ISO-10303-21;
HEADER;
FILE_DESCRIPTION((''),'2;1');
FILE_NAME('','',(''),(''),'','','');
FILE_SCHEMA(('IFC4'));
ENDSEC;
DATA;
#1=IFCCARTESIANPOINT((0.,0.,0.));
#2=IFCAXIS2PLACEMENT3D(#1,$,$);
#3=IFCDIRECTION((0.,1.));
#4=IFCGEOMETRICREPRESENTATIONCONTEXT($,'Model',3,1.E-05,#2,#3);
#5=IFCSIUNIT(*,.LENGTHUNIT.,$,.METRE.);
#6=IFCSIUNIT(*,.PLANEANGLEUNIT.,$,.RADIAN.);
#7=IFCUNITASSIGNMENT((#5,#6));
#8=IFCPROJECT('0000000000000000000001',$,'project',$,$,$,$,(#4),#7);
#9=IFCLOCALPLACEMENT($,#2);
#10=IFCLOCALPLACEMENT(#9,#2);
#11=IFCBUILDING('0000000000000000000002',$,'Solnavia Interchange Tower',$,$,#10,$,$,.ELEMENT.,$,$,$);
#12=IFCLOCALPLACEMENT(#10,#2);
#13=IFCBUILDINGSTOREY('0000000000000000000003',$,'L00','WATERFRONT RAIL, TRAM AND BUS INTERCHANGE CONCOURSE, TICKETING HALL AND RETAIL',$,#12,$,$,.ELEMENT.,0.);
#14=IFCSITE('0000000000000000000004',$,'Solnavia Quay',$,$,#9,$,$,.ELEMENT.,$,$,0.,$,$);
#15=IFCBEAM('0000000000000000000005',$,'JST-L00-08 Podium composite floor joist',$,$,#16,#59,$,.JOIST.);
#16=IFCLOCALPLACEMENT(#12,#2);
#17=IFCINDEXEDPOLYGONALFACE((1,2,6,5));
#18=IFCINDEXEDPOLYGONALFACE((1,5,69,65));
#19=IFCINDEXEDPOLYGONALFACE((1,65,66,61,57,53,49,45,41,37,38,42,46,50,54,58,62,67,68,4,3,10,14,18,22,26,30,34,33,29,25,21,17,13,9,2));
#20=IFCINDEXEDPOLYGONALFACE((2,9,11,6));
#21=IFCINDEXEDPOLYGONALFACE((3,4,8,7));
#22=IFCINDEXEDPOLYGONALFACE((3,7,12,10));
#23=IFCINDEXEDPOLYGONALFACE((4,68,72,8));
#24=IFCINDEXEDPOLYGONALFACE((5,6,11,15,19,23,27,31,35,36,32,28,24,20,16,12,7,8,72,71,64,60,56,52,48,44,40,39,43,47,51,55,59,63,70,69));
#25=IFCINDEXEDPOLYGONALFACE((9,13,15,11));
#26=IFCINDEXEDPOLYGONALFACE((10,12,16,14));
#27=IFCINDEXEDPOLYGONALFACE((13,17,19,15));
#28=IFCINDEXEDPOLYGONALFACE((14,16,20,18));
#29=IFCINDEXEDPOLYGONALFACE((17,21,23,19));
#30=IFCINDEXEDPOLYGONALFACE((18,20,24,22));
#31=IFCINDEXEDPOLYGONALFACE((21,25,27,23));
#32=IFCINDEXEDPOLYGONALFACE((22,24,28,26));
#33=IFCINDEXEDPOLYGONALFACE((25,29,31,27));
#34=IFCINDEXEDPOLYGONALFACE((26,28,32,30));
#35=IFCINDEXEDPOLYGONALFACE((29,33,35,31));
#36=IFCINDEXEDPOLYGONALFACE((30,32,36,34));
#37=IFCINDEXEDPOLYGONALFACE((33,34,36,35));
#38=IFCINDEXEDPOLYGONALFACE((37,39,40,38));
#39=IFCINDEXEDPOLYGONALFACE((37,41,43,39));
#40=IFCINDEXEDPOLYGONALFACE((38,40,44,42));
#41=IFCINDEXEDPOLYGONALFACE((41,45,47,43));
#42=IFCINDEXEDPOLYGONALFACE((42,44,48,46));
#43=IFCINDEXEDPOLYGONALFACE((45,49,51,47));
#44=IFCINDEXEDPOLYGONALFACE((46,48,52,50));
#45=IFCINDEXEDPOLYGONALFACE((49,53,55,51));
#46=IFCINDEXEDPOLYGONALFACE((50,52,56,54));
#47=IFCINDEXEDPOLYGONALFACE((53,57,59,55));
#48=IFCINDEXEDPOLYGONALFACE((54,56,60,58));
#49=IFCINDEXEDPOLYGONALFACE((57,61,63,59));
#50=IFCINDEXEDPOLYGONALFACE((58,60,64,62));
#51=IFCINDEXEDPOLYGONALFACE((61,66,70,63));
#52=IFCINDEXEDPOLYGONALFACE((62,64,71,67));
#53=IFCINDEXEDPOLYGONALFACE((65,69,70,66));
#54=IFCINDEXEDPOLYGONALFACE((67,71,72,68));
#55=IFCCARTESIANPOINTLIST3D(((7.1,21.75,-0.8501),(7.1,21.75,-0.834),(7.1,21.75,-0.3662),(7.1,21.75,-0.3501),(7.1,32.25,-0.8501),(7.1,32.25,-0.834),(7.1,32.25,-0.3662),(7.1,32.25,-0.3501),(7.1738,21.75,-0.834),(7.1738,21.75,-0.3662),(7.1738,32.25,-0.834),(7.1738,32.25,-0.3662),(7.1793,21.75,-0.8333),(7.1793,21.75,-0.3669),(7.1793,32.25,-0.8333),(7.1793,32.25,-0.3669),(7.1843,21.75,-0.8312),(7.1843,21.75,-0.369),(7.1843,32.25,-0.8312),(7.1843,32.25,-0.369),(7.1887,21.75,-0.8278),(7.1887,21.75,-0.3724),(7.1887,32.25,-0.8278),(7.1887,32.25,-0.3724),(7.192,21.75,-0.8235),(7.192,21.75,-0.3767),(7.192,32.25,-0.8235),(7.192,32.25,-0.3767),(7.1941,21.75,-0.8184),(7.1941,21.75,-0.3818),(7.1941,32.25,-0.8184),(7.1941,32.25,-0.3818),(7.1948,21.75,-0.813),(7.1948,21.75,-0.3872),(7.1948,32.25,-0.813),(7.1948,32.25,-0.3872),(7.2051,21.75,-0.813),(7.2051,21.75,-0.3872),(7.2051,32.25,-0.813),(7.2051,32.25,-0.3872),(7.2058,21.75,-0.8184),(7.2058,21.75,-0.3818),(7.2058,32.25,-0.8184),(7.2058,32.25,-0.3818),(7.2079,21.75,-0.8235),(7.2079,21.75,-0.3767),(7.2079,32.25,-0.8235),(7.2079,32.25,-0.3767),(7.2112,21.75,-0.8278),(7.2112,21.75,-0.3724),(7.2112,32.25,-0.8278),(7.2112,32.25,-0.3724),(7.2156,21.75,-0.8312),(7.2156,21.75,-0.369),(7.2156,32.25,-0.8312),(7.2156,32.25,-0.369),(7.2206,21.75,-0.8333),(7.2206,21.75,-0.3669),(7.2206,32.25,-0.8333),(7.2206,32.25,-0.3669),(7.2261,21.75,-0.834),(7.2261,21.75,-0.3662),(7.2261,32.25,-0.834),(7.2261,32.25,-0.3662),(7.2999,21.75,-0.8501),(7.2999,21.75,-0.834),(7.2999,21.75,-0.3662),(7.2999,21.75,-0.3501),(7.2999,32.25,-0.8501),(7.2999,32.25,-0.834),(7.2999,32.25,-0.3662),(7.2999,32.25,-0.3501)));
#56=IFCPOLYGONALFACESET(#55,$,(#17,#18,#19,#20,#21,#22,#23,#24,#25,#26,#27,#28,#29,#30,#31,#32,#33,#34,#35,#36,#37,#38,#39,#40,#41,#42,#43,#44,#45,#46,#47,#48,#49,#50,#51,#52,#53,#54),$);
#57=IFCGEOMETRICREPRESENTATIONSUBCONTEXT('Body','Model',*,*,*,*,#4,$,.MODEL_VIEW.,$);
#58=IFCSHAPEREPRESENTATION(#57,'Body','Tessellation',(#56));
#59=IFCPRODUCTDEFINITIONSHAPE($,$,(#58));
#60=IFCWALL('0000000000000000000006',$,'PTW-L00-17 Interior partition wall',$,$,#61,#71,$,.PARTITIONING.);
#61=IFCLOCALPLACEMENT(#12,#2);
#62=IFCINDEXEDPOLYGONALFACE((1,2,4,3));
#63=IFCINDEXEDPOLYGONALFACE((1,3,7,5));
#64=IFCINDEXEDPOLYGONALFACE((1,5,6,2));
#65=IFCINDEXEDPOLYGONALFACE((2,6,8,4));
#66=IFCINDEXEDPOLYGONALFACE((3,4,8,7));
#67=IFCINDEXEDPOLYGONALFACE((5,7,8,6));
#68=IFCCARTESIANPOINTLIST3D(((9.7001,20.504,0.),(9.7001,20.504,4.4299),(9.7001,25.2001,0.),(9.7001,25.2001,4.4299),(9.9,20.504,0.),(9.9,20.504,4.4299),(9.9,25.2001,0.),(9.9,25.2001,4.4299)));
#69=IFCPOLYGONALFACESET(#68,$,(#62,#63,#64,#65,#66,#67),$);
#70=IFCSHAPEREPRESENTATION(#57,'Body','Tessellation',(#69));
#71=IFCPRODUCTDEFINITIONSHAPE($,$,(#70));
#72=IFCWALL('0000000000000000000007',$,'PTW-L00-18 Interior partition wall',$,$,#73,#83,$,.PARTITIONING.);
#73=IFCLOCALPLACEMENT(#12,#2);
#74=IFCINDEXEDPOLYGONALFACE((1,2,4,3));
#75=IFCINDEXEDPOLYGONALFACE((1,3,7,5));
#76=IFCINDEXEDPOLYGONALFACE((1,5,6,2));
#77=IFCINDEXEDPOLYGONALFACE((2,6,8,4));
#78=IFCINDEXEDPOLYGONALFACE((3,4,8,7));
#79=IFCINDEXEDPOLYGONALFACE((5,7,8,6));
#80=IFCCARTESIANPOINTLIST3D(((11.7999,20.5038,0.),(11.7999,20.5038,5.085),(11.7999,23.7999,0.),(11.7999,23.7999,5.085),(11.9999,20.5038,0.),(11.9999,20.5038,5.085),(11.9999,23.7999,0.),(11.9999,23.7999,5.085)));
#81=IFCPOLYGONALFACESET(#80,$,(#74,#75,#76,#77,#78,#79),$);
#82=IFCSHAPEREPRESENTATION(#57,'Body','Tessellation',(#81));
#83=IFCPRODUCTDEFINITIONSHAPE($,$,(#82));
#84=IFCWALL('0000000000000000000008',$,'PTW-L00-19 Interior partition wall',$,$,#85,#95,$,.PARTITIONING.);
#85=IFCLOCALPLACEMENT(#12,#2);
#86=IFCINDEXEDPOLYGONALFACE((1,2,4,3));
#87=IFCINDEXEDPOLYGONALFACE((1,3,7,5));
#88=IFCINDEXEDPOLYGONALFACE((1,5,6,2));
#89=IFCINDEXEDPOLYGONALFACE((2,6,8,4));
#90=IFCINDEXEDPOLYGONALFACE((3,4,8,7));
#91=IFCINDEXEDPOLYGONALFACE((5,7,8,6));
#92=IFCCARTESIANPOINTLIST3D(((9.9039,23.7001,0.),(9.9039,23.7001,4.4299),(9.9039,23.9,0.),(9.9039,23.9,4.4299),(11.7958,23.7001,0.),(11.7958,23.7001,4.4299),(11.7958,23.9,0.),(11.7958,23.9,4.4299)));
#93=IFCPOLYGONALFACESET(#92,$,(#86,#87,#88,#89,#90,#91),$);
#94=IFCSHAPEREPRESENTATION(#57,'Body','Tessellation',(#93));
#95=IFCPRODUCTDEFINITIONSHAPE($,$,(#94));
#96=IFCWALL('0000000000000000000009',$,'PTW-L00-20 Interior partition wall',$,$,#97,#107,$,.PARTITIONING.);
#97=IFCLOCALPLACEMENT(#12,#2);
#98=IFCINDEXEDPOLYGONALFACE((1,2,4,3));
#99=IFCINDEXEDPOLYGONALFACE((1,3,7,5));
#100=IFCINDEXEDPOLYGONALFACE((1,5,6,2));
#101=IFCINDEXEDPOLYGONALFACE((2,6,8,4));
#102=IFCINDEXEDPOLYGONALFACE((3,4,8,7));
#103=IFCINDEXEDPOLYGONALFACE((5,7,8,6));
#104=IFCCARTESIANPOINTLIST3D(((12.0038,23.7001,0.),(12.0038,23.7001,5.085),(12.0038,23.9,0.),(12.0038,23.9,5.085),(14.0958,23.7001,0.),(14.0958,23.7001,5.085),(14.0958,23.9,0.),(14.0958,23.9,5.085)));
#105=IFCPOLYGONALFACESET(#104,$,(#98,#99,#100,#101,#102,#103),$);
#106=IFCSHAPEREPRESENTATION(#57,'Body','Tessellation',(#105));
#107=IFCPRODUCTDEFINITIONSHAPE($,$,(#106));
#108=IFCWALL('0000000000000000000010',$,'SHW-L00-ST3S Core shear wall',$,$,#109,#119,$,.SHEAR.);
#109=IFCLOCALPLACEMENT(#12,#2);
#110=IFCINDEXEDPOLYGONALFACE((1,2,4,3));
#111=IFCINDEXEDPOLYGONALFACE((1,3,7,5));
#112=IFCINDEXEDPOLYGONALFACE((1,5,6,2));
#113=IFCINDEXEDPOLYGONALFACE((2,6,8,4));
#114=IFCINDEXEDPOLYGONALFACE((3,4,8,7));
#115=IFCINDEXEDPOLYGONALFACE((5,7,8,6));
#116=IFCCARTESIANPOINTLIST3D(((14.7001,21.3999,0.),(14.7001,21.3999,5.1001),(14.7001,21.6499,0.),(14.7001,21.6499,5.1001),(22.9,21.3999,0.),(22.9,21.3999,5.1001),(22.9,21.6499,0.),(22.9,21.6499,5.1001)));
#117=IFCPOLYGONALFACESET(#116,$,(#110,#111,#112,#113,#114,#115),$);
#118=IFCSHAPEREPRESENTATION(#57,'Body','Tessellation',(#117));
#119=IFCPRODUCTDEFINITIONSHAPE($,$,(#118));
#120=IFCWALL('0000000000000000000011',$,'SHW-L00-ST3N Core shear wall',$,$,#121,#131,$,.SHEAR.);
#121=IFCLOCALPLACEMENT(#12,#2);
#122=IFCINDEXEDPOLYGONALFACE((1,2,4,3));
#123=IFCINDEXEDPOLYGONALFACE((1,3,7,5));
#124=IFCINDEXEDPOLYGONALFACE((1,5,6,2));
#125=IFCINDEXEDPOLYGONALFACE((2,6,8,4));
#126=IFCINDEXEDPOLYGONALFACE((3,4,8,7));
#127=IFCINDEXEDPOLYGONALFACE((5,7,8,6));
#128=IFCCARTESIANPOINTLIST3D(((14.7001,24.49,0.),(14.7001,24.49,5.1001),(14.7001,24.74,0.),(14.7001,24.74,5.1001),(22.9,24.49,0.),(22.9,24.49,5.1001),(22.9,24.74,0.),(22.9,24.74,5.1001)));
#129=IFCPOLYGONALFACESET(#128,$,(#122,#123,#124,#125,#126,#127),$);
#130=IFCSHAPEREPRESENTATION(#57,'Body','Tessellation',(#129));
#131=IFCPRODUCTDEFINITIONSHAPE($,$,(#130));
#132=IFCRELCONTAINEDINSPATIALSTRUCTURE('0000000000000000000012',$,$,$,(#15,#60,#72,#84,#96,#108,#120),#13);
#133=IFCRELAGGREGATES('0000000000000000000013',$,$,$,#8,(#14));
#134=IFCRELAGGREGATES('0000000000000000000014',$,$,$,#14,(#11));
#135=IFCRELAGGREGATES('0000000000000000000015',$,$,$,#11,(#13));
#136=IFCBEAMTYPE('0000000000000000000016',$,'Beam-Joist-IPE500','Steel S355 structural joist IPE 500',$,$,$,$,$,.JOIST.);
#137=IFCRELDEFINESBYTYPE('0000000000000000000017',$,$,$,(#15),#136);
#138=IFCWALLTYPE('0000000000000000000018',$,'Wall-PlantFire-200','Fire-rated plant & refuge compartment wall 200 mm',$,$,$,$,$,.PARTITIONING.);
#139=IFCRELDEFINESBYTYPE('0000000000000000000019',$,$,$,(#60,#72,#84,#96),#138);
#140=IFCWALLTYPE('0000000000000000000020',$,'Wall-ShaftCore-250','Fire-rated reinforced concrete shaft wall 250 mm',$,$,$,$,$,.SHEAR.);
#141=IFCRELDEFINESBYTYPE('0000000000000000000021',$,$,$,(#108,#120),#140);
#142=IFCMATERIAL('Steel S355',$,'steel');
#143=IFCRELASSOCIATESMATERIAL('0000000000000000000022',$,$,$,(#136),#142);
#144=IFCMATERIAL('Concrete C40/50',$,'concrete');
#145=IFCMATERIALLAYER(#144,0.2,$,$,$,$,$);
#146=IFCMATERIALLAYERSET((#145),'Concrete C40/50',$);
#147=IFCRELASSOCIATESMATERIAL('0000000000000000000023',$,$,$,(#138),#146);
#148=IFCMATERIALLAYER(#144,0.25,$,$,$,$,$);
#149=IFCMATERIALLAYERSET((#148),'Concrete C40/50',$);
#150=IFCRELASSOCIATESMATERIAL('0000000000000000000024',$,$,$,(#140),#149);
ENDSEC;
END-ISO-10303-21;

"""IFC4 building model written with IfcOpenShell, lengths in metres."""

from ifc_helpers import new_model, si_unit, direction, frame, frame_2d, origin, origin_2d, place, context, subcontext, project, spatial, rectangle, i_section, extrude, material, layer, layer_set, material_profile, profile_set, type_object, element, save


model = new_model("IFC4")

# Units and contexts
model_context = context("Model", 3, precision=1e-05, world=origin(), true_north=direction((0.0, 1.0)))
body_context = subcontext(model_context, "Body", "Model", "MODEL_VIEW")
ifc_project = project(units=[si_unit("LENGTHUNIT", "METRE"), si_unit("PLANEANGLEUNIT", "RADIAN")], contexts=[model_context])

# Site, building, storey
site_placement = place(None, origin())
site = spatial("IfcSite", under=ifc_project, at=site_placement, Name="Solnavia Quay", CompositionType="ELEMENT", RefElevation=0.0)
building_placement = place(site_placement, origin())
building = spatial("IfcBuilding", under=site, at=building_placement, Name="Solnavia Interchange Tower", CompositionType="ELEMENT")
storey_placement = place(building_placement, origin())
storey = spatial("IfcBuildingStorey", under=building, at=storey_placement, Name="L00", Description="WATERFRONT RAIL, TRAM AND BUS INTERCHANGE CONCOURSE, TICKETING HALL AND RETAIL", CompositionType="ELEMENT", Elevation=0.0)

# Beam
ifc_material_1 = material(Name="Steel S355", Category="steel")
ifc_material_profile_1 = material_profile(ifc_material_1, i_section(OverallWidth=0.2, OverallDepth=0.5, WebThickness=0.0103, FlangeThickness=0.0161, FilletRadius=0.021, at=origin_2d()), Name="IPE 500")
ifc_profile_set_1 = profile_set([ifc_material_profile_1], Name="Steel S355")
beam_type_1 = type_object("IfcBeamType", Name="Beam-Joist-IPE500", Description="Steel S355 structural joist IPE 500", PredefinedType="JOIST", material=ifc_profile_set_1)
for number, where, z_axis, x_axis, name in (
    (1, (7.2, 21.75, -0.6001), (0.0, 1.0, 0.0), (-1.0, 0.0, 0.0), "JST-L00-08 Podium composite floor joist"),
):
    element("IfcBeam", number, at=place(storey_placement, frame(where, z_axis=z_axis, x_axis=x_axis)), inside=storey, type_object=beam_type_1, Name=name, PredefinedType="JOIST", context=body_context, shape_type="SweptSolid", body=[
        extrude(i_section(OverallWidth=0.2, OverallDepth=0.5, WebThickness=0.0103, FlangeThickness=0.0161, FilletRadius=0.021, at=origin_2d()), origin(), (0.0, 0.0, 1.0), 10.5),
    ])

# Walls
ifc_material_2 = material(Name="Concrete C40/50", Category="concrete")
ifc_layer_1 = layer(ifc_material_2, 0.2)
ifc_layer_set_1 = layer_set([ifc_layer_1], Name="Concrete C40/50")
wall_type_1 = type_object("IfcWallType", Name="Wall-PlantFire-200", Description="Fire-rated plant & refuge compartment wall 200 mm", PredefinedType="PARTITIONING", material=ifc_layer_set_1)
wall_1_placement = place(storey_placement, frame((9.8, 20.5039, 0.0), z_axis=(0.0, 0.0, 1.0), x_axis=(0.0, 1.0, 0.0)))
element("IfcWall", 2, at=wall_1_placement, inside=storey, type_object=wall_type_1, Name="PTW-L00-17 Interior partition wall", PredefinedType="PARTITIONING", context=body_context, shape_type="SweptSolid", body=[
    extrude(rectangle(XDim=4.696, YDim=0.2, at=frame_2d((2.3481, 0.0))), origin(), (0.0, 0.0, 1.0), 4.4299),
])
wall_2_placement = place(storey_placement, frame((11.8999, 20.5039, 0.0), z_axis=(0.0, 0.0, 1.0), x_axis=(0.0, 1.0, 0.0)))
element("IfcWall", 3, at=wall_2_placement, inside=storey, type_object=wall_type_1, Name="PTW-L00-18 Interior partition wall", PredefinedType="PARTITIONING", context=body_context, shape_type="SweptSolid", body=[
    extrude(rectangle(XDim=3.2961, YDim=0.2, at=frame_2d((1.6479, 0.0))), origin(), (0.0, 0.0, 1.0), 5.085),
])
wall_3_placement = place(storey_placement, frame((9.9041, 23.8, 0.0), z_axis=(0.0, 0.0, 1.0), x_axis=(1.0, 0.0, 0.0)))
element("IfcWall", 4, at=wall_3_placement, inside=storey, type_object=wall_type_1, Name="PTW-L00-19 Interior partition wall", PredefinedType="PARTITIONING", context=body_context, shape_type="SweptSolid", body=[
    extrude(rectangle(XDim=1.8918, YDim=0.2, at=frame_2d((0.9458, 0.0))), origin(), (0.0, 0.0, 1.0), 4.4299),
])
wall_4_placement = place(storey_placement, frame((12.0039, 23.8, 0.0), z_axis=(0.0, 0.0, 1.0), x_axis=(1.0, 0.0, 0.0)))
element("IfcWall", 5, at=wall_4_placement, inside=storey, type_object=wall_type_1, Name="PTW-L00-20 Interior partition wall", PredefinedType="PARTITIONING", context=body_context, shape_type="SweptSolid", body=[
    extrude(rectangle(XDim=2.092, YDim=0.2, at=frame_2d((1.0459, 0.0))), origin(), (0.0, 0.0, 1.0), 5.085),
])
ifc_layer_2 = layer(ifc_material_2, 0.25)
ifc_layer_set_2 = layer_set([ifc_layer_2], Name="Concrete C40/50")
wall_type_2 = type_object("IfcWallType", Name="Wall-ShaftCore-250", Description="Fire-rated reinforced concrete shaft wall 250 mm", PredefinedType="SHEAR", material=ifc_layer_set_2)
for number, where, z_axis, x_axis, name in (
    (6, (14.7, 21.5249, 0.0), (0.0, 0.0, 1.0), (1.0, 0.0, 0.0), "SHW-L00-ST3S Core shear wall"),
    (7, (14.7, 24.615, 0.0), (0.0, 0.0, 1.0), (1.0, 0.0, 0.0), "SHW-L00-ST3N Core shear wall"),
):
    element("IfcWall", number, at=place(storey_placement, frame(where, z_axis=z_axis, x_axis=x_axis)), inside=storey, type_object=wall_type_2, Name=name, PredefinedType="SHEAR", context=body_context, shape_type="SweptSolid", body=[
        extrude(rectangle(XDim=8.2, YDim=0.25, at=frame_2d((4.1001, 0.0))), origin(), (0.0, 0.0, 1.0), 5.1001),
    ])

save(model, "model.ifc")
